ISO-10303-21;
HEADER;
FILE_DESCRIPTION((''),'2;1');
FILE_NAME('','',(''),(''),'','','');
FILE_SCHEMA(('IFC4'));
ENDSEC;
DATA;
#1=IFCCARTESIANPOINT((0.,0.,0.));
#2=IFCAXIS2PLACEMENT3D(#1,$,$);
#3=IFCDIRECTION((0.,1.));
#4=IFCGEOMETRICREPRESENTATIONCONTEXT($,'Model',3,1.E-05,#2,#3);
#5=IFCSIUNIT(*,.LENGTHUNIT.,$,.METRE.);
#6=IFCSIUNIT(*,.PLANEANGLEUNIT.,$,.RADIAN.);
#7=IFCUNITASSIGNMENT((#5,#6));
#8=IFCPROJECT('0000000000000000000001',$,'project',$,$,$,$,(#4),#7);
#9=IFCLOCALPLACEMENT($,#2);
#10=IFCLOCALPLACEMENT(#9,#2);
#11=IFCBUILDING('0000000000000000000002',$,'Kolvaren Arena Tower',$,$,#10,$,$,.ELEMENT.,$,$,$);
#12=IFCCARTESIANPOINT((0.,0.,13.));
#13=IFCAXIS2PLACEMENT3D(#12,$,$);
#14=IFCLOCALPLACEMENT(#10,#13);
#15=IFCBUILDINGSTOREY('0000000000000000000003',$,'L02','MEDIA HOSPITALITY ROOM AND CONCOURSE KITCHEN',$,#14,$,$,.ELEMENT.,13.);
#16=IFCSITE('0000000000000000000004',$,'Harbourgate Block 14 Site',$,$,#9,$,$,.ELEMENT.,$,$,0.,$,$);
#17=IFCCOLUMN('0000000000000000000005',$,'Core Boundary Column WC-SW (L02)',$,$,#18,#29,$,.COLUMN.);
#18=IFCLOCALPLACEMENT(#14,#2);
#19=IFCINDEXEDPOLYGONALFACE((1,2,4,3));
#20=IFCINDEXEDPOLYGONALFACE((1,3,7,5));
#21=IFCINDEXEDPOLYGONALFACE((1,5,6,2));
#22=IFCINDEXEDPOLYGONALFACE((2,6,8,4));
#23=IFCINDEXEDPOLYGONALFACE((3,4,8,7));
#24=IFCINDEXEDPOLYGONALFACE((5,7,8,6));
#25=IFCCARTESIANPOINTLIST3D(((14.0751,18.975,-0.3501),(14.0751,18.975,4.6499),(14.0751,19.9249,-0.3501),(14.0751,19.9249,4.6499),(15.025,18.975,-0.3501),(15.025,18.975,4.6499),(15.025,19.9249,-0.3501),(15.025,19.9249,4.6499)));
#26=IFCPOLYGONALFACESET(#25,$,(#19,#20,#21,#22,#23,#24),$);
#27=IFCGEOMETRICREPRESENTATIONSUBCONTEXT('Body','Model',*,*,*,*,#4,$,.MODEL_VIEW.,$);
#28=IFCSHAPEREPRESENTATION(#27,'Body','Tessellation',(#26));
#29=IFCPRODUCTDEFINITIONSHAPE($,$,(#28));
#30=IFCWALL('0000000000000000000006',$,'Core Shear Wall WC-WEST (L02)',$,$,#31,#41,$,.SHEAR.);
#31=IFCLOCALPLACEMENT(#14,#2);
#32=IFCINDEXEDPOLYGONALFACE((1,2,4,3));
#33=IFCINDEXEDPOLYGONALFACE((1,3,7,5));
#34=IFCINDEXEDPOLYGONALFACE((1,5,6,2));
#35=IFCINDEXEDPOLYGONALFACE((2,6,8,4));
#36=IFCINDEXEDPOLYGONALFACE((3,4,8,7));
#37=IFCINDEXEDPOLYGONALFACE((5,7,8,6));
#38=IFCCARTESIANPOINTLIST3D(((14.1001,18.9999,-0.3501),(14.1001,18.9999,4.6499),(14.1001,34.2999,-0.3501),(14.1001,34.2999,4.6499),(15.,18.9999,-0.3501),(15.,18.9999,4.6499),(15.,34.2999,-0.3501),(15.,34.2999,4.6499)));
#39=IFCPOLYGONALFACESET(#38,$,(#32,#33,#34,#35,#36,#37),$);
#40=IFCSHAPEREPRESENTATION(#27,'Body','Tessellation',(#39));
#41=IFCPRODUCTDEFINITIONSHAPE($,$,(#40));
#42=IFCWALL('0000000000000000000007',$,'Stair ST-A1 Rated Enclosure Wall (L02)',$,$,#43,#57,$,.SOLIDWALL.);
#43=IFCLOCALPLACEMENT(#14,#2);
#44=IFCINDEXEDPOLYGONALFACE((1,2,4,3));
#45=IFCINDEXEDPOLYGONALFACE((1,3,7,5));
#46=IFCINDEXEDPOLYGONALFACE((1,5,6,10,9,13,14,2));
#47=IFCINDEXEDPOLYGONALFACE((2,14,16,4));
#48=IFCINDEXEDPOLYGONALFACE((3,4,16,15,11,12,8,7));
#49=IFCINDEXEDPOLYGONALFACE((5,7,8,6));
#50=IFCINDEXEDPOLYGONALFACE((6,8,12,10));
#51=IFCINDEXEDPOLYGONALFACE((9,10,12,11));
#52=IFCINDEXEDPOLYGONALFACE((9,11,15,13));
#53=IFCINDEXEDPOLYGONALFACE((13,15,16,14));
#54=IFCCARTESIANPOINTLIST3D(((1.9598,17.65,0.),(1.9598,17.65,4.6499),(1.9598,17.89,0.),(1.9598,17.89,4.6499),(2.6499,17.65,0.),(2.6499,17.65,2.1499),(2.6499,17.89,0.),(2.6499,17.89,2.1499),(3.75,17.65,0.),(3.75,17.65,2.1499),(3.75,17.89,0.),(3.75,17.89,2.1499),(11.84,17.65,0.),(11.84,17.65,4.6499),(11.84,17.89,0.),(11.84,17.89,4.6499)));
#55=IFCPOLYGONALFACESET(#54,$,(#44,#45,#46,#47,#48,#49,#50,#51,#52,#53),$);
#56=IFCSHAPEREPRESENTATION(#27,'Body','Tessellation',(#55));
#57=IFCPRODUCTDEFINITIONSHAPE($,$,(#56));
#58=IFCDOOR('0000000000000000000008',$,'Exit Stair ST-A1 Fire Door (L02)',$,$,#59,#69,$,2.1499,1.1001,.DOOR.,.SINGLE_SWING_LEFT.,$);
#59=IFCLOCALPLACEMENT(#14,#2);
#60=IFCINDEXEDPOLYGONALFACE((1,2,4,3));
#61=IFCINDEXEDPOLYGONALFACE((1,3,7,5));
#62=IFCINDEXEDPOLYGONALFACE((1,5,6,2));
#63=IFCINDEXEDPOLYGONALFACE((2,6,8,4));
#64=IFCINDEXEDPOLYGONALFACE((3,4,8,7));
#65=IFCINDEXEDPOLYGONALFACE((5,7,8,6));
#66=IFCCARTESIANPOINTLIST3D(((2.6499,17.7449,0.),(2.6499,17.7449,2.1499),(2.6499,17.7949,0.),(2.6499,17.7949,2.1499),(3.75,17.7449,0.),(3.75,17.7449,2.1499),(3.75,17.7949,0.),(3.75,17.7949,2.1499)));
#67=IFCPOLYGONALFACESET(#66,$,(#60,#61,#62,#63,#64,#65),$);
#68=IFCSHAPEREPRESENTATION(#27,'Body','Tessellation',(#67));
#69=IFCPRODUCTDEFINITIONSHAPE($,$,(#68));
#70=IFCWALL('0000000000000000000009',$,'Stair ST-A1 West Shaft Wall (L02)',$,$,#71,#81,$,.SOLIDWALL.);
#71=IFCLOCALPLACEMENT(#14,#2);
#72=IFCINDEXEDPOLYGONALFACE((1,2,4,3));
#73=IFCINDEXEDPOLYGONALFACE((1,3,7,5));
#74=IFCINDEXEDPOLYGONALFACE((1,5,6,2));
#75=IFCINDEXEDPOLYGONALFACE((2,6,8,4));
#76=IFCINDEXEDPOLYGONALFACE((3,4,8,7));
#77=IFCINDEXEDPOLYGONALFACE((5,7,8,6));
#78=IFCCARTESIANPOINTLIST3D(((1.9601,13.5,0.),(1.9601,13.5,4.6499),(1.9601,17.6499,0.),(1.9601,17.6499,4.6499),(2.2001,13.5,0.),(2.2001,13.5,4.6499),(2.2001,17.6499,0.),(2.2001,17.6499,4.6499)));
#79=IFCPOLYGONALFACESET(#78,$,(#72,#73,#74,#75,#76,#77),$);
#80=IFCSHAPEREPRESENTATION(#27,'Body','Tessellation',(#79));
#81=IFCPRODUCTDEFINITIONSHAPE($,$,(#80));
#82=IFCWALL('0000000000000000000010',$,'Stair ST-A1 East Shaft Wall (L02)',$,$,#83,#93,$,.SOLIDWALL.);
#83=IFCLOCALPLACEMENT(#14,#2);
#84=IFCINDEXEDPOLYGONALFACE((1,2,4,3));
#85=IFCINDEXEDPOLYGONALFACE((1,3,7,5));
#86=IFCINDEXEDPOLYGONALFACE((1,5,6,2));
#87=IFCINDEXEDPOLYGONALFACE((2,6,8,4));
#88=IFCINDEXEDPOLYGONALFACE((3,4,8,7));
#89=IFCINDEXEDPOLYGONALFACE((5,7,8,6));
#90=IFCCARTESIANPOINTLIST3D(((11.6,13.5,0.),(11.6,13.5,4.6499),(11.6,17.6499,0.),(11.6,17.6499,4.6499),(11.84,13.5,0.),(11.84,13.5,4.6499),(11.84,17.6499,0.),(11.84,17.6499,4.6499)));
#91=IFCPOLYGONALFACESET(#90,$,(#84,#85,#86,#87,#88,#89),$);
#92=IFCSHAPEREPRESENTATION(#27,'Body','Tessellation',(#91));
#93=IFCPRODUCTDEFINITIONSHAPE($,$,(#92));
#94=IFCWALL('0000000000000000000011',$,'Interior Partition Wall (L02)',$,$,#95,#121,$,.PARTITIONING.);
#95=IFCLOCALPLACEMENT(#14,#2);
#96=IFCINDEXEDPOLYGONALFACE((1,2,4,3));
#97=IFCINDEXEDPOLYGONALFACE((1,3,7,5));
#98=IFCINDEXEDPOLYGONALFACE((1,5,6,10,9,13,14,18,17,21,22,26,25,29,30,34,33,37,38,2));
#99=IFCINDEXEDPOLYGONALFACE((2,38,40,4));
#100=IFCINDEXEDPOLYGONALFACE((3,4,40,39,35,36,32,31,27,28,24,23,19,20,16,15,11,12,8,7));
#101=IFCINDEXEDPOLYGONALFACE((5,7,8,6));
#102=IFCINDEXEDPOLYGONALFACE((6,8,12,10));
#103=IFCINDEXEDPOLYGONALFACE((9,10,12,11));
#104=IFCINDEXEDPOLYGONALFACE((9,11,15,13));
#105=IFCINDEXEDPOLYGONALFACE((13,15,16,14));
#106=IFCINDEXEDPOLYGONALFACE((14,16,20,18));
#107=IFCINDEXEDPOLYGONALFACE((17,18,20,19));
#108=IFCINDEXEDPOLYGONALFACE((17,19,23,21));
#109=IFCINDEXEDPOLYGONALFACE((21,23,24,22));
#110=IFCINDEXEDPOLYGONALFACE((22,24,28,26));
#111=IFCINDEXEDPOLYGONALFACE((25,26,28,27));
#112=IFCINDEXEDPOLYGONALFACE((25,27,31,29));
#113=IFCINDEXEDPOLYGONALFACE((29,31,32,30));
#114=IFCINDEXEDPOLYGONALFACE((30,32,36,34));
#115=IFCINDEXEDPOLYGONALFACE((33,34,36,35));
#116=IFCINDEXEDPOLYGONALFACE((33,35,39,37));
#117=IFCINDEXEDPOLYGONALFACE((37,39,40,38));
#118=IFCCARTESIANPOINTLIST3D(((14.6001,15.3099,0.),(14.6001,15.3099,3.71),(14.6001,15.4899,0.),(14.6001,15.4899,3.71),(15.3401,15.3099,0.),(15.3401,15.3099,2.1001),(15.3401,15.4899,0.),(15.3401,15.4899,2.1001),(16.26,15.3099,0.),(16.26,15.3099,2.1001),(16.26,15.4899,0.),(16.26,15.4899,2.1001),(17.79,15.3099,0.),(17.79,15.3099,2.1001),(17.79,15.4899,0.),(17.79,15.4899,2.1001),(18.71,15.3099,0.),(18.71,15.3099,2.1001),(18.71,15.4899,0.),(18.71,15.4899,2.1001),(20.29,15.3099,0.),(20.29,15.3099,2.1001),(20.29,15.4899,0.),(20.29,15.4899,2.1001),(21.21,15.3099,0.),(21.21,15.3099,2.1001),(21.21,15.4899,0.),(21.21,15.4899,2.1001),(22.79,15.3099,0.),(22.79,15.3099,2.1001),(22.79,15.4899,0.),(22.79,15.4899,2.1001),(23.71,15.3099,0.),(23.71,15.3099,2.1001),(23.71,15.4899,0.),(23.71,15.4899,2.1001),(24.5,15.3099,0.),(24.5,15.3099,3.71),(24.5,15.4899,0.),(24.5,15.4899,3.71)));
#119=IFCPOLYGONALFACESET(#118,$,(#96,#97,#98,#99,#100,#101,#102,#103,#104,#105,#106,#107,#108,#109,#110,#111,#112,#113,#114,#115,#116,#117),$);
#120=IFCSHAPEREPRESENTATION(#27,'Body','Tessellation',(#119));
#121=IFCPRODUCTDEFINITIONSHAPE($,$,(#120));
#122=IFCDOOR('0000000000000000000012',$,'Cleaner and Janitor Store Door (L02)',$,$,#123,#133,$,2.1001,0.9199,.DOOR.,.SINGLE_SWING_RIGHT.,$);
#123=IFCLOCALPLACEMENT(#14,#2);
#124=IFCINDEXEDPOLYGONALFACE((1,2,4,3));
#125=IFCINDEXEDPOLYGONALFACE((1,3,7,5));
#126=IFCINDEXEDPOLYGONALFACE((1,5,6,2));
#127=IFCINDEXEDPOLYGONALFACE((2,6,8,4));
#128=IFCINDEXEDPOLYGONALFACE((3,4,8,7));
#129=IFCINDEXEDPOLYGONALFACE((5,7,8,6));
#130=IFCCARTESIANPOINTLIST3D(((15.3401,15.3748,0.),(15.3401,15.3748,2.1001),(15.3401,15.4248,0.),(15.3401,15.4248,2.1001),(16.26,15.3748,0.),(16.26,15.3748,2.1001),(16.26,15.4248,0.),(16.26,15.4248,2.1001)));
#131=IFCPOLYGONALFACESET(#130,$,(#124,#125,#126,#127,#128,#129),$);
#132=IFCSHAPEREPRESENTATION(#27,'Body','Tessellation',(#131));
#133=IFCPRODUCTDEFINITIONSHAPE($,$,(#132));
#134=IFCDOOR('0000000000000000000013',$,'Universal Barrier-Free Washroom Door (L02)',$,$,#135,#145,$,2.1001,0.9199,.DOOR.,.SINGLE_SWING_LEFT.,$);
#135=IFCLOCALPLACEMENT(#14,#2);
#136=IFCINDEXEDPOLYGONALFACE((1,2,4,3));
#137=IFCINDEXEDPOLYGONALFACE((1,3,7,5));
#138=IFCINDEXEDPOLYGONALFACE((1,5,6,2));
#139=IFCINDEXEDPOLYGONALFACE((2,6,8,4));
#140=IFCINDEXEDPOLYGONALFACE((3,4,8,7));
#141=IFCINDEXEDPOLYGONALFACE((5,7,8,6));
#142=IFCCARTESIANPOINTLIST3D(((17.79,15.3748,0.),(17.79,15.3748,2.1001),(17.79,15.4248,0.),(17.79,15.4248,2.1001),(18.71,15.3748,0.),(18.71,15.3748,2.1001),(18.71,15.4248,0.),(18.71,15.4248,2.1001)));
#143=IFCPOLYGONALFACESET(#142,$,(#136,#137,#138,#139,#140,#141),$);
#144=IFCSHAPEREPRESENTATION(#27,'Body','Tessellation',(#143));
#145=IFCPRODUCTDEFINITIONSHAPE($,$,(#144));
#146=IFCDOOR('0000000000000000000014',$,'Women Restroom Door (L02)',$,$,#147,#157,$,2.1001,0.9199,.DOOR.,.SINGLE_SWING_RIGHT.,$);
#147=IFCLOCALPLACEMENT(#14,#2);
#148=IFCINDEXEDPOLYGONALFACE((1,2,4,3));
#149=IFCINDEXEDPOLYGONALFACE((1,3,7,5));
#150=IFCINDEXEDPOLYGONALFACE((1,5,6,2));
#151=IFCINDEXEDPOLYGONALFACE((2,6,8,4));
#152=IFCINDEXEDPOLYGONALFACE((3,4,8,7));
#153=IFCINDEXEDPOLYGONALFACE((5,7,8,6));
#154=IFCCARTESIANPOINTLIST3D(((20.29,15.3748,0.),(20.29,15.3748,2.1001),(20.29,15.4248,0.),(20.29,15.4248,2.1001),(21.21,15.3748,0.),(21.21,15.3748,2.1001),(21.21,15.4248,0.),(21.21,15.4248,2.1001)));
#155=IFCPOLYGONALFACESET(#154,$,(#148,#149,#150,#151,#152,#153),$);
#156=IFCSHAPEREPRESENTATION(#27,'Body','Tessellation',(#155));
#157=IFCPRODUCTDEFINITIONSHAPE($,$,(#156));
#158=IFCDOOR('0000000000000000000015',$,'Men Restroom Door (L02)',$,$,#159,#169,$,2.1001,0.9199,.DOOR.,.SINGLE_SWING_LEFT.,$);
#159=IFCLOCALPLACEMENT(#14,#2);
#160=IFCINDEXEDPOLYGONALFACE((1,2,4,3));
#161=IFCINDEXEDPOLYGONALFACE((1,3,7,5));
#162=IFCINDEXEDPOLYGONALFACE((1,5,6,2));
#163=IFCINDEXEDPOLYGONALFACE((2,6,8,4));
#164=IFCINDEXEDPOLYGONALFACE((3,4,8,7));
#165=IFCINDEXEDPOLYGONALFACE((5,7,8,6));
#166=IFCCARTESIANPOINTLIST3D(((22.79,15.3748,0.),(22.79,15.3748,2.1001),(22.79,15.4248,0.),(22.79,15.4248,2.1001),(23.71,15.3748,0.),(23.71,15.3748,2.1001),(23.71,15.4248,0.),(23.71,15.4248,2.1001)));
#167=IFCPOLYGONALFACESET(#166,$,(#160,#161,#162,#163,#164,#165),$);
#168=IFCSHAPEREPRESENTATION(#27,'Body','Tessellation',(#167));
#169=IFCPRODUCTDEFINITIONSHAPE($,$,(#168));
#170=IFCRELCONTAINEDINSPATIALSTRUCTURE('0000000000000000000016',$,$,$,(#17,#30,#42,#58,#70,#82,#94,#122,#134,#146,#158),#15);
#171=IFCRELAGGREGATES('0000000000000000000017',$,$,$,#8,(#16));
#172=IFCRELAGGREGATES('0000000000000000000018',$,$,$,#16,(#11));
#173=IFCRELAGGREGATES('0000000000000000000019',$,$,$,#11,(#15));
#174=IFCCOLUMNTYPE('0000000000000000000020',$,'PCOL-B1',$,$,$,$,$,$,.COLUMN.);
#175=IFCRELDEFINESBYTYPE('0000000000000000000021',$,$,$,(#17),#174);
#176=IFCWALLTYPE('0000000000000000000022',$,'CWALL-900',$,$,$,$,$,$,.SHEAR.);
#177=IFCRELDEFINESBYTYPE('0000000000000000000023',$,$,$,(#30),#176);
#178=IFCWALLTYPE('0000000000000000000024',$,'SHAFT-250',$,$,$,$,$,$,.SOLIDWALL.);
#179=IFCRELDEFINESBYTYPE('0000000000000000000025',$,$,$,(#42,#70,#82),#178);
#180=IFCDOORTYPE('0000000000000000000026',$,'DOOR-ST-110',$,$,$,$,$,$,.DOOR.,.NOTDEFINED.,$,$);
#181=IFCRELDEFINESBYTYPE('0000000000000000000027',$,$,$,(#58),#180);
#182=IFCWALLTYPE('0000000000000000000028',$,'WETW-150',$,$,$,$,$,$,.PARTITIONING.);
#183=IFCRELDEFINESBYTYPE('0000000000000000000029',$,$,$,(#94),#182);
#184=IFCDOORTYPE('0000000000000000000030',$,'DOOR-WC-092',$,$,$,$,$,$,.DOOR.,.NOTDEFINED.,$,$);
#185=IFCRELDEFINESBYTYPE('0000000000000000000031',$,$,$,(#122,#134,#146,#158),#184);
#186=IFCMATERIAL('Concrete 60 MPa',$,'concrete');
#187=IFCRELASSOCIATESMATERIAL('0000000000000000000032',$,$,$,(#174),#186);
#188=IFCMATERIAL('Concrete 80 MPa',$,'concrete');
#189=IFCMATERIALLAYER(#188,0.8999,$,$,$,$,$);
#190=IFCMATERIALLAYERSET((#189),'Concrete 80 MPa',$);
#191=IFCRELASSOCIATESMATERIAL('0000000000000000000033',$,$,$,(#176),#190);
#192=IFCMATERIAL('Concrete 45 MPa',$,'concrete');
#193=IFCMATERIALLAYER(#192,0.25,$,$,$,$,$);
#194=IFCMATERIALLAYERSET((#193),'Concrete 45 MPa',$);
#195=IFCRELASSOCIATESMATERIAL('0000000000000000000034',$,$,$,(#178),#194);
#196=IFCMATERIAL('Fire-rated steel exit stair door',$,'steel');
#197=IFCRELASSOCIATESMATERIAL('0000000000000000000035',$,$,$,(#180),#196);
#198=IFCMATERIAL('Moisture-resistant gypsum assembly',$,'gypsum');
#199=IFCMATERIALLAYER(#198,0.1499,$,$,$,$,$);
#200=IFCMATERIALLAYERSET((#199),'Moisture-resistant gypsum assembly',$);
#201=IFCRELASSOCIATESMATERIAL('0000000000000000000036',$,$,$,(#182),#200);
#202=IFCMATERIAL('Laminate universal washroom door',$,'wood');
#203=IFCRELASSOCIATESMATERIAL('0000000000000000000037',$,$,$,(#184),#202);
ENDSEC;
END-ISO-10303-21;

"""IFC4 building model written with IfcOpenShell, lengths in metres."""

from ifc_helpers import new_model, si_unit, direction, frame, frame_2d, origin, origin_2d, place, context, subcontext, project, spatial, rectangle, extrude, material, layer, layer_set, material_profile, profile_set, type_object, element, fill, save


model = new_model("IFC4")

# Units and contexts
model_context = context("Model", 3, precision=1e-05, world=origin(), true_north=direction((0.0, 1.0)))
body_context = subcontext(model_context, "Body", "Model", "MODEL_VIEW")
ifc_project = project(units=[si_unit("LENGTHUNIT", "METRE"), si_unit("PLANEANGLEUNIT", "RADIAN")], contexts=[model_context])

# Site, building, storey
site_placement = place(None, origin())
site = spatial("IfcSite", under=ifc_project, at=site_placement, Name="Harbourgate Block 14 Site", CompositionType="ELEMENT", RefElevation=0.0)
building_placement = place(site_placement, origin())
building = spatial("IfcBuilding", under=site, at=building_placement, Name="Kolvaren Arena Tower", CompositionType="ELEMENT")
storey_placement = place(building_placement, frame((0.0, 0.0, 13.0)))
storey = spatial("IfcBuildingStorey", under=building, at=storey_placement, Name="L02", Description="MEDIA HOSPITALITY ROOM AND CONCOURSE KITCHEN", CompositionType="ELEMENT", Elevation=13.0)

# Column
ifc_material_1 = material(Name="Concrete 60 MPa", Category="concrete")
ifc_material_profile = material_profile(ifc_material_1, rectangle(XDim=0.95, YDim=0.95, at=origin_2d()), Name="RC-950x950")
ifc_profile_set = profile_set([ifc_material_profile], Name="Concrete 60 MPa")
column_type = type_object("IfcColumnType", Name="PCOL-B1", PredefinedType="COLUMN", material=ifc_profile_set)
column_placement = place(storey_placement, frame((14.55, 19.45, -0.3501), z_axis=(0.0, 0.0, 1.0), x_axis=(1.0, 0.0, 0.0)))
element("IfcColumn", 1, at=column_placement, inside=storey, type_object=column_type, Name="Core Boundary Column WC-SW (L02)", PredefinedType="COLUMN", context=body_context, shape_type="SweptSolid", body=[
    extrude(rectangle(XDim=0.95, YDim=0.95, at=origin_2d()), origin(), (0.0, 0.0, 1.0), 5.0),
])

# Wall
ifc_material_2 = material(Name="Concrete 80 MPa", Category="concrete")
ifc_layer_1 = layer(ifc_material_2, 0.8999)
ifc_layer_set_1 = layer_set([ifc_layer_1], Name="Concrete 80 MPa")
wall_type_1 = type_object("IfcWallType", Name="CWALL-900", PredefinedType="SHEAR", material=ifc_layer_set_1)
wall_1_placement = place(storey_placement, frame((14.55, 19.0, -0.3501), z_axis=(0.0, 0.0, 1.0), x_axis=(0.0, 1.0, 0.0)))
element("IfcWall", 2, at=wall_1_placement, inside=storey, type_object=wall_type_1, Name="Core Shear Wall WC-WEST (L02)", PredefinedType="SHEAR", context=body_context, shape_type="SweptSolid", body=[
    extrude(rectangle(XDim=15.3, YDim=0.8999, at=frame_2d((7.6499, 0.0))), origin(), (0.0, 0.0, 1.0), 5.0),
])

# Wall, opening, door
ifc_material_3 = material(Name="Concrete 45 MPa", Category="concrete")
ifc_layer_2 = layer(ifc_material_3, 0.25)
ifc_layer_set_2 = layer_set([ifc_layer_2], Name="Concrete 45 MPa")
wall_type_2 = type_object("IfcWallType", Name="SHAFT-250", PredefinedType="SOLIDWALL", material=ifc_layer_set_2)
wall_2_placement = place(storey_placement, frame((1.96, 17.77, 0.0), z_axis=(0.0, 0.0, 1.0), x_axis=(1.0, 0.0, 0.0)))
wall_2 = element("IfcWall", 3, at=wall_2_placement, inside=storey, type_object=wall_type_2, Name="Stair ST-A1 Rated Enclosure Wall (L02)", PredefinedType="SOLIDWALL", context=body_context, shape_type="SweptSolid", body=[
    extrude(rectangle(XDim=9.8801, YDim=0.24, at=frame_2d((4.9399, 0.0))), origin(), (0.0, 0.0, 1.0), 4.6499),
])
opening_1_placement = place(wall_2_placement, frame((0.6899, 0.0, 0.0)))
opening_1 = element("IfcOpeningElement", 4, at=opening_1_placement, cuts=wall_2, PredefinedType="OPENING", context=body_context, shape_type="SweptSolid", body=[
    extrude(rectangle(XDim=1.1001, YDim=2.1499, at=frame_2d((0.55, 1.075))), frame((0.0, 0.1299, 0.0), z_axis=(0.0, -1.0, 0.0), x_axis=(1.0, 0.0, 0.0)), (0.0, 0.0, 1.0), 0.26),
])
ifc_material_4 = material(Name="Fire-rated steel exit stair door", Category="steel")
door_type_1 = type_object("IfcDoorType", Name="DOOR-ST-110", OperationType="NOTDEFINED", PredefinedType="DOOR", material=ifc_material_4)
door_1_placement = place(opening_1_placement, origin())
door_1 = element("IfcDoor", 5, at=door_1_placement, inside=storey, type_object=door_type_1, Name="Exit Stair ST-A1 Fire Door (L02)", OperationType="SINGLE_SWING_LEFT", OverallHeight=2.1499, OverallWidth=1.1001, PredefinedType="DOOR", context=body_context, shape_type="SweptSolid", body=[
    extrude(rectangle(XDim=1.1001, YDim=2.1499, at=frame_2d((0.55, 1.075))), frame((0.0, 0.0249, 0.0), z_axis=(0.0, -1.0, 0.0), x_axis=(1.0, 0.0, 0.0)), (0.0, 0.0, 1.0), 0.05),
])
fill(opening_1, door_1)

# Walls
for number, where, z_axis, x_axis, name in (
    (6, (2.0801, 13.5, 0.0), (0.0, 0.0, 1.0), (0.0, 1.0, 0.0), "Stair ST-A1 West Shaft Wall (L02)"),
    (7, (11.72, 13.5, 0.0), (0.0, 0.0, 1.0), (0.0, 1.0, 0.0), "Stair ST-A1 East Shaft Wall (L02)"),
):
    element("IfcWall", number, at=place(storey_placement, frame(where, z_axis=z_axis, x_axis=x_axis)), inside=storey, type_object=wall_type_2, Name=name, PredefinedType="SOLIDWALL", context=body_context, shape_type="SweptSolid", body=[
        extrude(rectangle(XDim=4.1499, YDim=0.24, at=frame_2d((2.075, 0.0))), origin(), (0.0, 0.0, 1.0), 4.6499),
    ])

# Wall, openings, doors
ifc_material_5 = material(Name="Moisture-resistant gypsum assembly", Category="gypsum")
ifc_layer_3 = layer(ifc_material_5, 0.1499)
ifc_layer_set_3 = layer_set([ifc_layer_3], Name="Moisture-resistant gypsum assembly")
wall_type_3 = type_object("IfcWallType", Name="WETW-150", PredefinedType="PARTITIONING", material=ifc_layer_set_3)
wall_3_placement = place(storey_placement, frame((14.6001, 15.3999, 0.0), z_axis=(0.0, 0.0, 1.0), x_axis=(1.0, 0.0, 0.0)))
wall_3 = element("IfcWall", 8, at=wall_3_placement, inside=storey, type_object=wall_type_3, Name="Interior Partition Wall (L02)", PredefinedType="PARTITIONING", context=body_context, shape_type="SweptSolid", body=[
    extrude(rectangle(XDim=9.8999, YDim=0.1799, at=frame_2d((4.95, 0.0))), origin(), (0.0, 0.0, 1.0), 3.71),
])
opening_2_placement = place(wall_3_placement, frame((0.74, 0.0, 0.0)))
opening_2 = element("IfcOpeningElement", 9, at=opening_2_placement, cuts=wall_3, PredefinedType="OPENING", context=body_context, shape_type="SweptSolid", body=[
    extrude(rectangle(XDim=0.9199, YDim=2.1001, at=frame_2d((0.46, 1.05))), frame((0.0, 0.0999, 0.0), z_axis=(0.0, -1.0, 0.0), x_axis=(1.0, 0.0, 0.0)), (0.0, 0.0, 1.0), 0.2),
])
opening_3_placement = place(wall_3_placement, frame((3.1899, 0.0, 0.0)))
opening_3 = element("IfcOpeningElement", 10, at=opening_3_placement, cuts=wall_3, PredefinedType="OPENING", context=body_context, shape_type="SweptSolid", body=[
    extrude(rectangle(XDim=0.9199, YDim=2.1001, at=frame_2d((0.46, 1.05))), frame((0.0, 0.0999, 0.0), z_axis=(0.0, -1.0, 0.0), x_axis=(1.0, 0.0, 0.0)), (0.0, 0.0, 1.0), 0.2),
])
opening_4_placement = place(wall_3_placement, frame((5.6899, 0.0, 0.0)))
opening_4 = element("IfcOpeningElement", 11, at=opening_4_placement, cuts=wall_3, PredefinedType="OPENING", context=body_context, shape_type="SweptSolid", body=[
    extrude(rectangle(XDim=0.9199, YDim=2.1001, at=frame_2d((0.46, 1.05))), frame((0.0, 0.0999, 0.0), z_axis=(0.0, -1.0, 0.0), x_axis=(1.0, 0.0, 0.0)), (0.0, 0.0, 1.0), 0.2),
])
opening_5_placement = place(wall_3_placement, frame((8.1899, 0.0, 0.0)))
opening_5 = element("IfcOpeningElement", 12, at=opening_5_placement, cuts=wall_3, PredefinedType="OPENING", context=body_context, shape_type="SweptSolid", body=[
    extrude(rectangle(XDim=0.9199, YDim=2.1001, at=frame_2d((0.46, 1.05))), frame((0.0, 0.0999, 0.0), z_axis=(0.0, -1.0, 0.0), x_axis=(1.0, 0.0, 0.0)), (0.0, 0.0, 1.0), 0.2),
])
ifc_material_6 = material(Name="Laminate universal washroom door", Category="wood")
door_type_2 = type_object("IfcDoorType", Name="DOOR-WC-092", OperationType="NOTDEFINED", PredefinedType="DOOR", material=ifc_material_6)
door_2_placement = place(opening_2_placement, origin())
door_2 = element("IfcDoor", 13, at=door_2_placement, inside=storey, type_object=door_type_2, Name="Cleaner and Janitor Store Door (L02)", OperationType="SINGLE_SWING_RIGHT", OverallHeight=2.1001, OverallWidth=0.9199, PredefinedType="DOOR", context=body_context, shape_type="SweptSolid", body=[
    extrude(rectangle(XDim=0.9199, YDim=2.1001, at=frame_2d((0.46, 1.05))), frame((0.0, 0.0249, 0.0), z_axis=(0.0, -1.0, 0.0), x_axis=(1.0, 0.0, 0.0)), (0.0, 0.0, 1.0), 0.05),
])
fill(opening_2, door_2)
door_3_placement = place(opening_3_placement, origin())
door_3 = element("IfcDoor", 14, at=door_3_placement, inside=storey, type_object=door_type_2, Name="Universal Barrier-Free Washroom Door (L02)", OperationType="SINGLE_SWING_LEFT", OverallHeight=2.1001, OverallWidth=0.9199, PredefinedType="DOOR", context=body_context, shape_type="SweptSolid", body=[
    extrude(rectangle(XDim=0.9199, YDim=2.1001, at=frame_2d((0.46, 1.05))), frame((0.0, 0.0249, 0.0), z_axis=(0.0, -1.0, 0.0), x_axis=(1.0, 0.0, 0.0)), (0.0, 0.0, 1.0), 0.05),
])
fill(opening_3, door_3)
door_4_placement = place(opening_4_placement, origin())
door_4 = element("IfcDoor", 15, at=door_4_placement, inside=storey, type_object=door_type_2, Name="Women Restroom Door (L02)", OperationType="SINGLE_SWING_RIGHT", OverallHeight=2.1001, OverallWidth=0.9199, PredefinedType="DOOR", context=body_context, shape_type="SweptSolid", body=[
    extrude(rectangle(XDim=0.9199, YDim=2.1001, at=frame_2d((0.46, 1.05))), frame((0.0, 0.0249, 0.0), z_axis=(0.0, -1.0, 0.0), x_axis=(1.0, 0.0, 0.0)), (0.0, 0.0, 1.0), 0.05),
])
fill(opening_4, door_4)
door_5_placement = place(opening_5_placement, origin())
door_5 = element("IfcDoor", 16, at=door_5_placement, inside=storey, type_object=door_type_2, Name="Men Restroom Door (L02)", OperationType="SINGLE_SWING_LEFT", OverallHeight=2.1001, OverallWidth=0.9199, PredefinedType="DOOR", context=body_context, shape_type="SweptSolid", body=[
    extrude(rectangle(XDim=0.9199, YDim=2.1001, at=frame_2d((0.46, 1.05))), frame((0.0, 0.0249, 0.0), z_axis=(0.0, -1.0, 0.0), x_axis=(1.0, 0.0, 0.0)), (0.0, 0.0, 1.0), 0.05),
])
fill(opening_5, door_5)

save(model, "model.ifc")
